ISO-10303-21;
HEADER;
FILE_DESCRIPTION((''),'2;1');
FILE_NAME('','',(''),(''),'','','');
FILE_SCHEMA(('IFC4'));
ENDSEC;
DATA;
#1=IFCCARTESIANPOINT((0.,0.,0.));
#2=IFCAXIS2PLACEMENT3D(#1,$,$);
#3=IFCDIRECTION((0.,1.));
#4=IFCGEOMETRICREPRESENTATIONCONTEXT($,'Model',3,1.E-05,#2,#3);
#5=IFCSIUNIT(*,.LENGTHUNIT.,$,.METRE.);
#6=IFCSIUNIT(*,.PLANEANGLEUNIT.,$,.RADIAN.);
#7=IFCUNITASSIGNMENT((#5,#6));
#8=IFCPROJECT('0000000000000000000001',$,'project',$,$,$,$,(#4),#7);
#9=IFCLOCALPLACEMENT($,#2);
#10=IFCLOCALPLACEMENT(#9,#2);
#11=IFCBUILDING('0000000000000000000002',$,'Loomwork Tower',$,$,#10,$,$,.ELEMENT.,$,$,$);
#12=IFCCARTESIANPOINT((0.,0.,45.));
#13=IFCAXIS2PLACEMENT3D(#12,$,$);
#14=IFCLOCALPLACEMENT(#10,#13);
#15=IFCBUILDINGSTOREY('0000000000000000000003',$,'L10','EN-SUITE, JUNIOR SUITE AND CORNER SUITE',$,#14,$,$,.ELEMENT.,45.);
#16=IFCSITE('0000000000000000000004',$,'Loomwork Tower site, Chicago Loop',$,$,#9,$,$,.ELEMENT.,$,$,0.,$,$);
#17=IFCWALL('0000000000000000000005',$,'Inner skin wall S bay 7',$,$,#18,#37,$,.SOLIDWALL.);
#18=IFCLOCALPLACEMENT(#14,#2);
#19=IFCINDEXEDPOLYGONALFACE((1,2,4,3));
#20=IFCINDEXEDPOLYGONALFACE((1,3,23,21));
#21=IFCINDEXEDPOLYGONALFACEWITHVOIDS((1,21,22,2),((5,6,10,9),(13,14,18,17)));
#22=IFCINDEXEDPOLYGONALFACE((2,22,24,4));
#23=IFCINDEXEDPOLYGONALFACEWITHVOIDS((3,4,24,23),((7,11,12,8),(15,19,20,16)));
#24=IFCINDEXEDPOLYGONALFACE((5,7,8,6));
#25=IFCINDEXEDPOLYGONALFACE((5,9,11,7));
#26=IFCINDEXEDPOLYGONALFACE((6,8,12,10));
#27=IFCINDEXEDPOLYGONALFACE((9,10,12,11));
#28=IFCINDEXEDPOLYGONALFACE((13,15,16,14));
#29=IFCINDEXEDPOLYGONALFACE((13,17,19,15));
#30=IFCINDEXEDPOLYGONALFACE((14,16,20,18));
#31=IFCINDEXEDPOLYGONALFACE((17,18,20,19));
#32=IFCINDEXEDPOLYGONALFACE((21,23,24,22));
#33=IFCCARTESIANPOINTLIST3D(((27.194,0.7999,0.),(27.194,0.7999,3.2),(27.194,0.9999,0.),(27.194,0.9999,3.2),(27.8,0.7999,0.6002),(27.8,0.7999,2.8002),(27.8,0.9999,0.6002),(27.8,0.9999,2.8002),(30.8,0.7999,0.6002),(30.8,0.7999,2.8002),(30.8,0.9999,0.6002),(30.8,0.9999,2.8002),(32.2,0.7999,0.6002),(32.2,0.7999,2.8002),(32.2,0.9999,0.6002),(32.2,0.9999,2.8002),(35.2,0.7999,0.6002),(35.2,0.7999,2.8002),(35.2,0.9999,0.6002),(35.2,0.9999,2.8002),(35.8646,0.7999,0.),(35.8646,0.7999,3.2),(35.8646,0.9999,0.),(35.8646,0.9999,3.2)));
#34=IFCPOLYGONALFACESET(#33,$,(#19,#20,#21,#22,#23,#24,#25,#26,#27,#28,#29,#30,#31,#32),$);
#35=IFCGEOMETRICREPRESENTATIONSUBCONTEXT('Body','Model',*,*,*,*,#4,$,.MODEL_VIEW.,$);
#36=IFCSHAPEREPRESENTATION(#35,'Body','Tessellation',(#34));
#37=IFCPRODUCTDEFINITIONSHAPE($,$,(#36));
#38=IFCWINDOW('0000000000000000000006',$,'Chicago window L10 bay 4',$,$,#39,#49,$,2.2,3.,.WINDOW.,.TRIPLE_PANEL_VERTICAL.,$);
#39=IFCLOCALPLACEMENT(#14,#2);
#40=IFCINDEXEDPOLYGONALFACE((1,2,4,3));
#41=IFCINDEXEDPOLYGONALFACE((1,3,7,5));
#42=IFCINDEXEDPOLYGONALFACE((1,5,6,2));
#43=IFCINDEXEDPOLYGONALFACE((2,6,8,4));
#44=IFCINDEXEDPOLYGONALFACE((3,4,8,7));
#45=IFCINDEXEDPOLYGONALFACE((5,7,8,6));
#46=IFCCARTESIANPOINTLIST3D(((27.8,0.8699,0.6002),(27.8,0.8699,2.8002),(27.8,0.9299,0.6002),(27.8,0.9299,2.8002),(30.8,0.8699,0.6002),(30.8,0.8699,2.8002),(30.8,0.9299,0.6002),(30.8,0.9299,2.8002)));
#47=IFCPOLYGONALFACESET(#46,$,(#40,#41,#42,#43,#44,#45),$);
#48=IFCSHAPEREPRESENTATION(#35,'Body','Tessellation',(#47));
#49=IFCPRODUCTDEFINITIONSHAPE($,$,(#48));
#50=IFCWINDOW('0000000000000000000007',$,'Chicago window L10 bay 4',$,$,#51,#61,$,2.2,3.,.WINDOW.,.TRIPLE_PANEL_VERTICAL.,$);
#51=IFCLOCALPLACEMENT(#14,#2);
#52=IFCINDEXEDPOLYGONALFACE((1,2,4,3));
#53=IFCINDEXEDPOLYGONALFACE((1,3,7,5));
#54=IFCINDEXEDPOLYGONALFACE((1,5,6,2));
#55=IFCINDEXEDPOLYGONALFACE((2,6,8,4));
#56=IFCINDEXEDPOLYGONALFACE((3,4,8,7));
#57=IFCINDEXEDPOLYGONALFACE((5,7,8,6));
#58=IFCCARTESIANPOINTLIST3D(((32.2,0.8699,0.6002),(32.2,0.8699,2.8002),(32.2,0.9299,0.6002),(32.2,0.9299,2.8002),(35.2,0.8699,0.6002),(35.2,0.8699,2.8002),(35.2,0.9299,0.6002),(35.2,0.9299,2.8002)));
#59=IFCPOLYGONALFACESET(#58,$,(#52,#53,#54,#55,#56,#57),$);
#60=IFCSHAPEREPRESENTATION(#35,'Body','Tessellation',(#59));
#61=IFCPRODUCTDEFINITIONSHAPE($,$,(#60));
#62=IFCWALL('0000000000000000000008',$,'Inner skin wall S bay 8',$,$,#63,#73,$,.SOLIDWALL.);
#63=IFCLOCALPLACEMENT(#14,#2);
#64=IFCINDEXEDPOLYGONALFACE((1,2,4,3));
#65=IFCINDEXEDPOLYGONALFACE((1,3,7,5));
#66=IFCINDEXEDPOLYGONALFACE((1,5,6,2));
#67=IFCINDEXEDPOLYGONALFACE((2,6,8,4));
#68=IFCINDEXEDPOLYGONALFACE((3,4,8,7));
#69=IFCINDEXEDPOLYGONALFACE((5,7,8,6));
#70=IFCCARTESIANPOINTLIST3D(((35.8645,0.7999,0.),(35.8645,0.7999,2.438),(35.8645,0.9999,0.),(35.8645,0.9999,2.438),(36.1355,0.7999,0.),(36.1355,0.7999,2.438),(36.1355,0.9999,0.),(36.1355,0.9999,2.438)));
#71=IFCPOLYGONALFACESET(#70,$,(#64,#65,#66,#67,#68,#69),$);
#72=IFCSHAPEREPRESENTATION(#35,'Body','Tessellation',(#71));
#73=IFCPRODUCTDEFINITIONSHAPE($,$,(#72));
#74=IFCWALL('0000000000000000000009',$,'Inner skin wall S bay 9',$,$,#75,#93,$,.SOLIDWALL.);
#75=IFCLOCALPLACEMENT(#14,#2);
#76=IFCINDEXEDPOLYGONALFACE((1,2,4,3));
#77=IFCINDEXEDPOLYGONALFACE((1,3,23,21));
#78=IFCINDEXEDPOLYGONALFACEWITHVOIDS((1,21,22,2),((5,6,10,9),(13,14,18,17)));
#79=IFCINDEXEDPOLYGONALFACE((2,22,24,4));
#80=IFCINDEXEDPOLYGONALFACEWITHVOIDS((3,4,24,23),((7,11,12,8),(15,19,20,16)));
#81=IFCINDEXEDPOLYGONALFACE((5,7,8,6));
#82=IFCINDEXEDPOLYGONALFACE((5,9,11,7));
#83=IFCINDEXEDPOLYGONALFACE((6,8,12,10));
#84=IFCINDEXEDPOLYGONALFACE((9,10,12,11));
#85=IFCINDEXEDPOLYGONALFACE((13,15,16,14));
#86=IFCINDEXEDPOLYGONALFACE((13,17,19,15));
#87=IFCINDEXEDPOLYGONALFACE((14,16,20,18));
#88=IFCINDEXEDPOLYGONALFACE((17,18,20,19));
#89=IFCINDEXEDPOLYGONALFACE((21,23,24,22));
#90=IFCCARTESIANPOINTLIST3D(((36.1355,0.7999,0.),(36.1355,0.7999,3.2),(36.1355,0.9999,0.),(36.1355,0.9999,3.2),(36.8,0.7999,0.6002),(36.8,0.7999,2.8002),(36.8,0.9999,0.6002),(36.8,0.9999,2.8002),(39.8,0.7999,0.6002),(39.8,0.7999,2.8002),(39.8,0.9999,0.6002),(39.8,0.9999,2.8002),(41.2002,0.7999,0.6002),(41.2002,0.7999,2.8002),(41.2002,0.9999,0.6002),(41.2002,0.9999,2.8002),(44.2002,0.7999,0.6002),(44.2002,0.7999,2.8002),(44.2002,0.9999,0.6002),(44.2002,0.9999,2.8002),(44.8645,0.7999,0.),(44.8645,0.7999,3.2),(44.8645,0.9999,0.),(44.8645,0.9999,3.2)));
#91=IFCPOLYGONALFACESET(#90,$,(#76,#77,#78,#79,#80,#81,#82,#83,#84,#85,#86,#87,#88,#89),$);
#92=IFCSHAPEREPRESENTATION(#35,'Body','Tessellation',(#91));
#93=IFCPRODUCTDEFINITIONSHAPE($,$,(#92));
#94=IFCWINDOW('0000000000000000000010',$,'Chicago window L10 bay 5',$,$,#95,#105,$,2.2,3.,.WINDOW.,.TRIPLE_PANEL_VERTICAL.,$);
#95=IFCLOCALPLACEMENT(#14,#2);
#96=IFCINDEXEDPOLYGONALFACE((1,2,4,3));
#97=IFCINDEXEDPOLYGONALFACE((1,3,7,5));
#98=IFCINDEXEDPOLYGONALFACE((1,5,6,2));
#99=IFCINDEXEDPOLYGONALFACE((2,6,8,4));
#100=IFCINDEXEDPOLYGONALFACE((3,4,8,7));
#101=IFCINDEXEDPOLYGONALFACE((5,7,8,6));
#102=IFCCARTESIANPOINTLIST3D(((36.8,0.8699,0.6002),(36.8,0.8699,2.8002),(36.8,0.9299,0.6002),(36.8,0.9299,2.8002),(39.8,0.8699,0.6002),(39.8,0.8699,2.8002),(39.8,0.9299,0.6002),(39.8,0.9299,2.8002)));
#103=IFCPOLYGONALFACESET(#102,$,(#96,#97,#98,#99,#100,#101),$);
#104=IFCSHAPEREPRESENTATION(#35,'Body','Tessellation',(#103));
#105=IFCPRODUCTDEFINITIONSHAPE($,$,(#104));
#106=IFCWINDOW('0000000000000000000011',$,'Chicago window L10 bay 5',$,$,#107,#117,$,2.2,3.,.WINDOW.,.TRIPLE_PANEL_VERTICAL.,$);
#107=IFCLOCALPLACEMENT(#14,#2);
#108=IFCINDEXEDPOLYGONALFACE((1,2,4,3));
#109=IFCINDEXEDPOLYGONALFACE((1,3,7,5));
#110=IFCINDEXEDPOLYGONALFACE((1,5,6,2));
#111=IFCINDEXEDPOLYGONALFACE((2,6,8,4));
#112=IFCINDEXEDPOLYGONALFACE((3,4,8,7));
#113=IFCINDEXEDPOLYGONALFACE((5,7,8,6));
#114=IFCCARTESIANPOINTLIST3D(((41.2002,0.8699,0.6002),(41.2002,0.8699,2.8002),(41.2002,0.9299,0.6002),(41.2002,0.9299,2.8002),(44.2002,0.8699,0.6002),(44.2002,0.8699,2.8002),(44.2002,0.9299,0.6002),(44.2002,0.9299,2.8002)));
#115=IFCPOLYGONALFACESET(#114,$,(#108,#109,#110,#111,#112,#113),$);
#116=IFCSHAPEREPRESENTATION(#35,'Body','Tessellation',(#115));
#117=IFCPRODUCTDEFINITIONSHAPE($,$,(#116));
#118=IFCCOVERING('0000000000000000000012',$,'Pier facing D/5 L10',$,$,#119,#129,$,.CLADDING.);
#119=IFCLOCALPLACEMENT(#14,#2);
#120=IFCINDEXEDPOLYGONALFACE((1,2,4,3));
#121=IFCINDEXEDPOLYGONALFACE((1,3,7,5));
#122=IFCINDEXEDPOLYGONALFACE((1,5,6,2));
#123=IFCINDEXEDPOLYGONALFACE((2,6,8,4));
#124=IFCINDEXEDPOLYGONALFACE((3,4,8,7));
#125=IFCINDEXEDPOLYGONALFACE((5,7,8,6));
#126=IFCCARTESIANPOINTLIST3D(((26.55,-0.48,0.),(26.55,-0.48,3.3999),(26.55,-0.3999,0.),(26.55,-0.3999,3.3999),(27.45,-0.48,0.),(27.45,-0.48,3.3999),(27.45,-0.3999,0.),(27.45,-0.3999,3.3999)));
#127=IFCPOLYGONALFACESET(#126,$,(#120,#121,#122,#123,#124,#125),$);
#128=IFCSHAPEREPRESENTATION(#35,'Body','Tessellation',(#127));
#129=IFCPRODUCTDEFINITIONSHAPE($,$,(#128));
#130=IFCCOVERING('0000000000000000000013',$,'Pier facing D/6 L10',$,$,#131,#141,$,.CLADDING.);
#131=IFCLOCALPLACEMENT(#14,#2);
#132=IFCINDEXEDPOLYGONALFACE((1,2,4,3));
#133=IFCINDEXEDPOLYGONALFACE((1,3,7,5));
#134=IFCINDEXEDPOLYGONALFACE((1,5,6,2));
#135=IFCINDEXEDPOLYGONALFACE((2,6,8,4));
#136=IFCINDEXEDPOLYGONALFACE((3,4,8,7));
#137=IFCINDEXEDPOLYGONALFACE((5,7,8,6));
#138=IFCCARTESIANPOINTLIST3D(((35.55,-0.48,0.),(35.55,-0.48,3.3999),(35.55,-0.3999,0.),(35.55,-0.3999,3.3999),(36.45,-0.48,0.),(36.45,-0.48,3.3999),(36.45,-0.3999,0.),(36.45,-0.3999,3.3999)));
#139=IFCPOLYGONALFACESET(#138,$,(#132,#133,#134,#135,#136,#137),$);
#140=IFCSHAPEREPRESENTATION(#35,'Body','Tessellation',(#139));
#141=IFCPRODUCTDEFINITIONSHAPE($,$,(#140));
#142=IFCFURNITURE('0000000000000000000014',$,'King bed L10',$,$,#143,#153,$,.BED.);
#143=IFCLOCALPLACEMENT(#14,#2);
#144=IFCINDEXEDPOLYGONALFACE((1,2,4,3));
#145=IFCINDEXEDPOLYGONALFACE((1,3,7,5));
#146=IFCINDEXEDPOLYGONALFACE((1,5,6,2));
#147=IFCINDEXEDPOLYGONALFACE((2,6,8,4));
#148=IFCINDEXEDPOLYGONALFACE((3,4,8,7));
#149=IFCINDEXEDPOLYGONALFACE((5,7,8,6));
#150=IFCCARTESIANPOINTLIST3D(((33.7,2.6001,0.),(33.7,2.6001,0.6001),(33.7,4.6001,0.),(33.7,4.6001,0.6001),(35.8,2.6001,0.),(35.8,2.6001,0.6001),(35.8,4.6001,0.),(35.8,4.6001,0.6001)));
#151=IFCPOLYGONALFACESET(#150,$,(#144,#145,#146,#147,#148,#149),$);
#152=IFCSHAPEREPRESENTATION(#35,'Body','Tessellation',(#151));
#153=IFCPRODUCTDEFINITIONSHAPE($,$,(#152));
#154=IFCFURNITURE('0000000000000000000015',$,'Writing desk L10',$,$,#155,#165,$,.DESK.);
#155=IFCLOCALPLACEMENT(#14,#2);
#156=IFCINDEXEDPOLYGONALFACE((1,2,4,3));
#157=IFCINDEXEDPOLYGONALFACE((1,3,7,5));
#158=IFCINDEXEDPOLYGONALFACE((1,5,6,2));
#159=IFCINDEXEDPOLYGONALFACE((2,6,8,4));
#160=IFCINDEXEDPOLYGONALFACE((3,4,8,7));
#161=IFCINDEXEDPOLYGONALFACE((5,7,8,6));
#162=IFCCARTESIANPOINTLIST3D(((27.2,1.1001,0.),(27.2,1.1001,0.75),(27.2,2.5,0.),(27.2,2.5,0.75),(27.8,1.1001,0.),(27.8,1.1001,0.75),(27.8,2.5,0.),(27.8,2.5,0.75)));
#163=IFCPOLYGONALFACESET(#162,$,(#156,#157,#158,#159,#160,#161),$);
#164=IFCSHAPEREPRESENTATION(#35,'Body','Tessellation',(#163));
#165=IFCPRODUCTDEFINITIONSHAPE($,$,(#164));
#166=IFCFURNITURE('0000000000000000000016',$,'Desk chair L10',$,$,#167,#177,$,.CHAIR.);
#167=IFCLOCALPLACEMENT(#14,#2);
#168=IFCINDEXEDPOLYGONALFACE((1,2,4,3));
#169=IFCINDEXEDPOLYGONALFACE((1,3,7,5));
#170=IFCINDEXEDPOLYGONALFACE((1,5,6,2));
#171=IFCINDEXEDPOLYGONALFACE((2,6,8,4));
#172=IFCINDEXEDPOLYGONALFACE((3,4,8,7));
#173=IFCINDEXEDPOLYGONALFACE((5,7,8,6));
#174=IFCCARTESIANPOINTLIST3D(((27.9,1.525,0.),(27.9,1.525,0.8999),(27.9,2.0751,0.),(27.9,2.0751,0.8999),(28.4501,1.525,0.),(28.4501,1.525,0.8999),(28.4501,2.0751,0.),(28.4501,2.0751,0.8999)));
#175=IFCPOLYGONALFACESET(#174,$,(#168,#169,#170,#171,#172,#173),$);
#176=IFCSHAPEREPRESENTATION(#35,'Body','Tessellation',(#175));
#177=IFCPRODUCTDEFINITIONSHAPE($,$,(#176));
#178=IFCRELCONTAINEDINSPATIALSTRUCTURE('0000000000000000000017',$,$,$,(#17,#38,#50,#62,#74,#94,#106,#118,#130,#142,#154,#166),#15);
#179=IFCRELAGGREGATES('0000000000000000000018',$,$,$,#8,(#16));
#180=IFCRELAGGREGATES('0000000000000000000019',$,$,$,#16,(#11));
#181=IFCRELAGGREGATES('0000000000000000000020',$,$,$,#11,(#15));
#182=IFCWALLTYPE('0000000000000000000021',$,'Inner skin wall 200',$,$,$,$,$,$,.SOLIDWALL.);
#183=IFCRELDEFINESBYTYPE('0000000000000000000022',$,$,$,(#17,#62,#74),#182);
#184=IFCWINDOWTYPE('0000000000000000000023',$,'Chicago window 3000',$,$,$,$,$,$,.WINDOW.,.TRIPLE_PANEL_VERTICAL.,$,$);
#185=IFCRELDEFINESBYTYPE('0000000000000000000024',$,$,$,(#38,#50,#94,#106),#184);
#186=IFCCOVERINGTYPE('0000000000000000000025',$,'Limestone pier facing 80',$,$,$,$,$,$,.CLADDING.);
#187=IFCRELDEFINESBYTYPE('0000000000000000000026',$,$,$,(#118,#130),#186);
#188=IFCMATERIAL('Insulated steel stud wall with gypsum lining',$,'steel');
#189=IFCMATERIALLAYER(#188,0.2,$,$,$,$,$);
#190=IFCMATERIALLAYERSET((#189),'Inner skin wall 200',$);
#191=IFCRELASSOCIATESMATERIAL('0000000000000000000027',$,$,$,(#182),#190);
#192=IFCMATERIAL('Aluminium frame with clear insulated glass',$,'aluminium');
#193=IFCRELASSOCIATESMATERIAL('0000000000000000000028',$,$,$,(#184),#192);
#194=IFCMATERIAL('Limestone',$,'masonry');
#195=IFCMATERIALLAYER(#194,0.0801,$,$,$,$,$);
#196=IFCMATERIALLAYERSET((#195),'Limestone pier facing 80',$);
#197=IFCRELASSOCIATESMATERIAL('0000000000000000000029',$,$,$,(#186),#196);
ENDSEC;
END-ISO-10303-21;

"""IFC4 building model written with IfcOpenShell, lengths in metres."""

from ifc_helpers import new_model, si_unit, direction, frame, frame_2d, origin, origin_2d, place, context, subcontext, project, spatial, rectangle, extrude, material, layer, layer_set, type_object, element, fill, save


model = new_model("IFC4")

# Units and contexts
model_context = context("Model", 3, precision=1e-05, world=origin(), true_north=direction((0.0, 1.0)))
body_context = subcontext(model_context, "Body", "Model", "MODEL_VIEW")
ifc_project = project(units=[si_unit("LENGTHUNIT", "METRE"), si_unit("PLANEANGLEUNIT", "RADIAN")], contexts=[model_context])

# Site, building, storey
site_placement = place(None, origin())
site = spatial("IfcSite", under=ifc_project, at=site_placement, Name="Loomwork Tower site, Chicago Loop", CompositionType="ELEMENT", RefElevation=0.0)
building_placement = place(site_placement, origin())
building = spatial("IfcBuilding", under=site, at=building_placement, Name="Loomwork Tower", CompositionType="ELEMENT")
storey_placement = place(building_placement, frame((0.0, 0.0, 45.0)))
storey = spatial("IfcBuildingStorey", under=building, at=storey_placement, Name="L10", Description="EN-SUITE, JUNIOR SUITE AND CORNER SUITE", CompositionType="ELEMENT", Elevation=45.0)

# Shared definitions
ifc_material_1 = material(Name="Insulated steel stud wall with gypsum lining", Category="steel")
ifc_layer_1 = layer(ifc_material_1, 0.2)
ifc_layer_set_1 = layer_set([ifc_layer_1], Name="Inner skin wall 200")
wall_type = type_object("IfcWallType", Name="Inner skin wall 200", PredefinedType="SOLIDWALL", material=ifc_layer_set_1)

# Wall, openings, windows
wall_1_placement = place(storey_placement, frame((27.1938, 0.8999, 0.0), z_axis=(0.0, 0.0, 1.0), x_axis=(1.0, 0.0, 0.0)))
wall_1 = element("IfcWall", 1, at=wall_1_placement, inside=storey, type_object=wall_type, Name="Inner skin wall S bay 7", PredefinedType="SOLIDWALL", context=body_context, shape_type="SweptSolid", body=[
    extrude(rectangle(XDim=8.6707, YDim=0.2, at=frame_2d((4.3354, 0.0))), origin(), (0.0, 0.0, 1.0), 3.2),
])
opening_1_placement = place(wall_1_placement, frame((0.6062, 0.0, 0.6001)))
opening_1 = element("IfcOpeningElement", 2, at=opening_1_placement, cuts=wall_1, PredefinedType="OPENING", context=body_context, shape_type="SweptSolid", body=[
    extrude(rectangle(XDim=3.0, YDim=2.2, at=frame_2d((1.5, 1.1001))), frame((0.0, 0.1099, 0.0), z_axis=(0.0, -1.0, 0.0), x_axis=(1.0, 0.0, 0.0)), (0.0, 0.0, 1.0), 0.22),
])
opening_2_placement = place(wall_1_placement, frame((5.0061, 0.0, 0.6001)))
opening_2 = element("IfcOpeningElement", 3, at=opening_2_placement, cuts=wall_1, PredefinedType="OPENING", context=body_context, shape_type="SweptSolid", body=[
    extrude(rectangle(XDim=3.0, YDim=2.2, at=frame_2d((1.5, 1.1001))), frame((0.0, 0.1099, 0.0), z_axis=(0.0, -1.0, 0.0), x_axis=(1.0, 0.0, 0.0)), (0.0, 0.0, 1.0), 0.22),
])
ifc_material_2 = material(Name="Aluminium frame with clear insulated glass", Category="aluminium")
window_type = type_object("IfcWindowType", Name="Chicago window 3000", PartitioningType="TRIPLE_PANEL_VERTICAL", PredefinedType="WINDOW", material=ifc_material_2)
window_1_placement = place(opening_1_placement, origin())
window_1 = element("IfcWindow", 4, at=window_1_placement, inside=storey, type_object=window_type, Name="Chicago window L10 bay 4", OverallHeight=2.2, OverallWidth=3.0, PartitioningType="TRIPLE_PANEL_VERTICAL", PredefinedType="WINDOW", context=body_context, shape_type="SweptSolid", body=[
    extrude(rectangle(XDim=3.0, YDim=2.2, at=frame_2d((1.5, 1.1001))), frame((0.0, 0.03, 0.0), z_axis=(0.0, -1.0, 0.0), x_axis=(1.0, 0.0, 0.0)), (0.0, 0.0, 1.0), 0.0601),
])
fill(opening_1, window_1)
window_2_placement = place(opening_2_placement, origin())
window_2 = element("IfcWindow", 5, at=window_2_placement, inside=storey, type_object=window_type, Name="Chicago window L10 bay 4", OverallHeight=2.2, OverallWidth=3.0, PartitioningType="TRIPLE_PANEL_VERTICAL", PredefinedType="WINDOW", context=body_context, shape_type="SweptSolid", body=[
    extrude(rectangle(XDim=3.0, YDim=2.2, at=frame_2d((1.5, 1.1001))), frame((0.0, 0.03, 0.0), z_axis=(0.0, -1.0, 0.0), x_axis=(1.0, 0.0, 0.0)), (0.0, 0.0, 1.0), 0.0601),
])
fill(opening_2, window_2)

# Wall
wall_2_placement = place(storey_placement, frame((35.8645, 0.8999, 0.0), z_axis=(0.0, 0.0, 1.0), x_axis=(1.0, 0.0, 0.0)))
element("IfcWall", 6, at=wall_2_placement, inside=storey, type_object=wall_type, Name="Inner skin wall S bay 8", PredefinedType="SOLIDWALL", context=body_context, shape_type="SweptSolid", body=[
    extrude(rectangle(XDim=0.271, YDim=0.2, at=frame_2d((0.1355, 0.0))), origin(), (0.0, 0.0, 1.0), 2.438),
])

# Wall, openings, windows
wall_3_placement = place(storey_placement, frame((36.1355, 0.8999, 0.0), z_axis=(0.0, 0.0, 1.0), x_axis=(1.0, 0.0, 0.0)))
wall_3 = element("IfcWall", 7, at=wall_3_placement, inside=storey, type_object=wall_type, Name="Inner skin wall S bay 9", PredefinedType="SOLIDWALL", context=body_context, shape_type="SweptSolid", body=[
    extrude(rectangle(XDim=8.729, YDim=0.2, at=frame_2d((4.3645, 0.0))), origin(), (0.0, 0.0, 1.0), 3.2),
])
opening_3_placement = place(wall_3_placement, frame((0.6646, 0.0, 0.6001)))
opening_3 = element("IfcOpeningElement", 8, at=opening_3_placement, cuts=wall_3, PredefinedType="OPENING", context=body_context, shape_type="SweptSolid", body=[
    extrude(rectangle(XDim=3.0, YDim=2.2, at=frame_2d((1.5, 1.1001))), frame((0.0, 0.1099, 0.0), z_axis=(0.0, -1.0, 0.0), x_axis=(1.0, 0.0, 0.0)), (0.0, 0.0, 1.0), 0.22),
])
opening_4_placement = place(wall_3_placement, frame((5.0647, 0.0, 0.6001)))
opening_4 = element("IfcOpeningElement", 9, at=opening_4_placement, cuts=wall_3, PredefinedType="OPENING", context=body_context, shape_type="SweptSolid", body=[
    extrude(rectangle(XDim=3.0, YDim=2.2, at=frame_2d((1.5, 1.1001))), frame((0.0, 0.1099, 0.0), z_axis=(0.0, -1.0, 0.0), x_axis=(1.0, 0.0, 0.0)), (0.0, 0.0, 1.0), 0.22),
])
window_3_placement = place(opening_3_placement, origin())
window_3 = element("IfcWindow", 10, at=window_3_placement, inside=storey, type_object=window_type, Name="Chicago window L10 bay 5", OverallHeight=2.2, OverallWidth=3.0, PartitioningType="TRIPLE_PANEL_VERTICAL", PredefinedType="WINDOW", context=body_context, shape_type="SweptSolid", body=[
    extrude(rectangle(XDim=3.0, YDim=2.2, at=frame_2d((1.5, 1.1001))), frame((0.0, 0.03, 0.0), z_axis=(0.0, -1.0, 0.0), x_axis=(1.0, 0.0, 0.0)), (0.0, 0.0, 1.0), 0.0601),
])
fill(opening_3, window_3)
window_4_placement = place(opening_4_placement, origin())
window_4 = element("IfcWindow", 11, at=window_4_placement, inside=storey, type_object=window_type, Name="Chicago window L10 bay 5", OverallHeight=2.2, OverallWidth=3.0, PartitioningType="TRIPLE_PANEL_VERTICAL", PredefinedType="WINDOW", context=body_context, shape_type="SweptSolid", body=[
    extrude(rectangle(XDim=3.0, YDim=2.2, at=frame_2d((1.5, 1.1001))), frame((0.0, 0.03, 0.0), z_axis=(0.0, -1.0, 0.0), x_axis=(1.0, 0.0, 0.0)), (0.0, 0.0, 1.0), 0.0601),
])
fill(opening_4, window_4)

# Coverings
ifc_material_3 = material(Name="Limestone", Category="masonry")
ifc_layer_2 = layer(ifc_material_3, 0.0801)
ifc_layer_set_2 = layer_set([ifc_layer_2], Name="Limestone pier facing 80")
covering_type = type_object("IfcCoveringType", Name="Limestone pier facing 80", PredefinedType="CLADDING", material=ifc_layer_set_2)
for number, where, z_axis, x_axis, name in (
    (12, (27.0, -0.4399, 0.0), (0.0, 0.0, 1.0), (1.0, 0.0, 0.0), "Pier facing D/5 L10"),
    (13, (36.0, -0.4399, 0.0), (0.0, 0.0, 1.0), (1.0, 0.0, 0.0), "Pier facing D/6 L10"),
):
    element("IfcCovering", number, at=place(storey_placement, frame(where, z_axis=z_axis, x_axis=x_axis)), inside=storey, type_object=covering_type, Name=name, PredefinedType="CLADDING", context=body_context, shape_type="SweptSolid", body=[
        extrude(rectangle(XDim=0.8999, YDim=0.0801, at=origin_2d()), origin(), (0.0, 0.0, 1.0), 3.3999),
    ])

# Furniture
furniture_1_placement = place(storey_placement, frame((34.75, 3.6001, 0.0), z_axis=(0.0, 0.0, 1.0), x_axis=(1.0, 0.0, 0.0)))
element("IfcFurniture", 14, at=furniture_1_placement, inside=storey, Name="King bed L10", PredefinedType="BED", context=body_context, shape_type="SweptSolid", body=[
    extrude(rectangle(XDim=2.1001, YDim=2.0, at=origin_2d()), origin(), (0.0, 0.0, 1.0), 0.6001),
])
furniture_2_placement = place(storey_placement, frame((27.5, 1.8, 0.0), z_axis=(0.0, 0.0, 1.0), x_axis=(1.0, 0.0, 0.0)))
element("IfcFurniture", 15, at=furniture_2_placement, inside=storey, Name="Writing desk L10", PredefinedType="DESK", context=body_context, shape_type="SweptSolid", body=[
    extrude(rectangle(XDim=0.6001, YDim=1.3999, at=origin_2d()), origin(), (0.0, 0.0, 1.0), 0.75),
])
furniture_3_placement = place(storey_placement, frame((28.175, 1.8, 0.0), z_axis=(0.0, 0.0, 1.0), x_axis=(1.0, 0.0, 0.0)))
element("IfcFurniture", 16, at=furniture_3_placement, inside=storey, Name="Desk chair L10", PredefinedType="CHAIR", context=body_context, shape_type="SweptSolid", body=[
    extrude(rectangle(XDim=0.55, YDim=0.55, at=origin_2d()), origin(), (0.0, 0.0, 1.0), 0.8999),
])

save(model, "model.ifc")
